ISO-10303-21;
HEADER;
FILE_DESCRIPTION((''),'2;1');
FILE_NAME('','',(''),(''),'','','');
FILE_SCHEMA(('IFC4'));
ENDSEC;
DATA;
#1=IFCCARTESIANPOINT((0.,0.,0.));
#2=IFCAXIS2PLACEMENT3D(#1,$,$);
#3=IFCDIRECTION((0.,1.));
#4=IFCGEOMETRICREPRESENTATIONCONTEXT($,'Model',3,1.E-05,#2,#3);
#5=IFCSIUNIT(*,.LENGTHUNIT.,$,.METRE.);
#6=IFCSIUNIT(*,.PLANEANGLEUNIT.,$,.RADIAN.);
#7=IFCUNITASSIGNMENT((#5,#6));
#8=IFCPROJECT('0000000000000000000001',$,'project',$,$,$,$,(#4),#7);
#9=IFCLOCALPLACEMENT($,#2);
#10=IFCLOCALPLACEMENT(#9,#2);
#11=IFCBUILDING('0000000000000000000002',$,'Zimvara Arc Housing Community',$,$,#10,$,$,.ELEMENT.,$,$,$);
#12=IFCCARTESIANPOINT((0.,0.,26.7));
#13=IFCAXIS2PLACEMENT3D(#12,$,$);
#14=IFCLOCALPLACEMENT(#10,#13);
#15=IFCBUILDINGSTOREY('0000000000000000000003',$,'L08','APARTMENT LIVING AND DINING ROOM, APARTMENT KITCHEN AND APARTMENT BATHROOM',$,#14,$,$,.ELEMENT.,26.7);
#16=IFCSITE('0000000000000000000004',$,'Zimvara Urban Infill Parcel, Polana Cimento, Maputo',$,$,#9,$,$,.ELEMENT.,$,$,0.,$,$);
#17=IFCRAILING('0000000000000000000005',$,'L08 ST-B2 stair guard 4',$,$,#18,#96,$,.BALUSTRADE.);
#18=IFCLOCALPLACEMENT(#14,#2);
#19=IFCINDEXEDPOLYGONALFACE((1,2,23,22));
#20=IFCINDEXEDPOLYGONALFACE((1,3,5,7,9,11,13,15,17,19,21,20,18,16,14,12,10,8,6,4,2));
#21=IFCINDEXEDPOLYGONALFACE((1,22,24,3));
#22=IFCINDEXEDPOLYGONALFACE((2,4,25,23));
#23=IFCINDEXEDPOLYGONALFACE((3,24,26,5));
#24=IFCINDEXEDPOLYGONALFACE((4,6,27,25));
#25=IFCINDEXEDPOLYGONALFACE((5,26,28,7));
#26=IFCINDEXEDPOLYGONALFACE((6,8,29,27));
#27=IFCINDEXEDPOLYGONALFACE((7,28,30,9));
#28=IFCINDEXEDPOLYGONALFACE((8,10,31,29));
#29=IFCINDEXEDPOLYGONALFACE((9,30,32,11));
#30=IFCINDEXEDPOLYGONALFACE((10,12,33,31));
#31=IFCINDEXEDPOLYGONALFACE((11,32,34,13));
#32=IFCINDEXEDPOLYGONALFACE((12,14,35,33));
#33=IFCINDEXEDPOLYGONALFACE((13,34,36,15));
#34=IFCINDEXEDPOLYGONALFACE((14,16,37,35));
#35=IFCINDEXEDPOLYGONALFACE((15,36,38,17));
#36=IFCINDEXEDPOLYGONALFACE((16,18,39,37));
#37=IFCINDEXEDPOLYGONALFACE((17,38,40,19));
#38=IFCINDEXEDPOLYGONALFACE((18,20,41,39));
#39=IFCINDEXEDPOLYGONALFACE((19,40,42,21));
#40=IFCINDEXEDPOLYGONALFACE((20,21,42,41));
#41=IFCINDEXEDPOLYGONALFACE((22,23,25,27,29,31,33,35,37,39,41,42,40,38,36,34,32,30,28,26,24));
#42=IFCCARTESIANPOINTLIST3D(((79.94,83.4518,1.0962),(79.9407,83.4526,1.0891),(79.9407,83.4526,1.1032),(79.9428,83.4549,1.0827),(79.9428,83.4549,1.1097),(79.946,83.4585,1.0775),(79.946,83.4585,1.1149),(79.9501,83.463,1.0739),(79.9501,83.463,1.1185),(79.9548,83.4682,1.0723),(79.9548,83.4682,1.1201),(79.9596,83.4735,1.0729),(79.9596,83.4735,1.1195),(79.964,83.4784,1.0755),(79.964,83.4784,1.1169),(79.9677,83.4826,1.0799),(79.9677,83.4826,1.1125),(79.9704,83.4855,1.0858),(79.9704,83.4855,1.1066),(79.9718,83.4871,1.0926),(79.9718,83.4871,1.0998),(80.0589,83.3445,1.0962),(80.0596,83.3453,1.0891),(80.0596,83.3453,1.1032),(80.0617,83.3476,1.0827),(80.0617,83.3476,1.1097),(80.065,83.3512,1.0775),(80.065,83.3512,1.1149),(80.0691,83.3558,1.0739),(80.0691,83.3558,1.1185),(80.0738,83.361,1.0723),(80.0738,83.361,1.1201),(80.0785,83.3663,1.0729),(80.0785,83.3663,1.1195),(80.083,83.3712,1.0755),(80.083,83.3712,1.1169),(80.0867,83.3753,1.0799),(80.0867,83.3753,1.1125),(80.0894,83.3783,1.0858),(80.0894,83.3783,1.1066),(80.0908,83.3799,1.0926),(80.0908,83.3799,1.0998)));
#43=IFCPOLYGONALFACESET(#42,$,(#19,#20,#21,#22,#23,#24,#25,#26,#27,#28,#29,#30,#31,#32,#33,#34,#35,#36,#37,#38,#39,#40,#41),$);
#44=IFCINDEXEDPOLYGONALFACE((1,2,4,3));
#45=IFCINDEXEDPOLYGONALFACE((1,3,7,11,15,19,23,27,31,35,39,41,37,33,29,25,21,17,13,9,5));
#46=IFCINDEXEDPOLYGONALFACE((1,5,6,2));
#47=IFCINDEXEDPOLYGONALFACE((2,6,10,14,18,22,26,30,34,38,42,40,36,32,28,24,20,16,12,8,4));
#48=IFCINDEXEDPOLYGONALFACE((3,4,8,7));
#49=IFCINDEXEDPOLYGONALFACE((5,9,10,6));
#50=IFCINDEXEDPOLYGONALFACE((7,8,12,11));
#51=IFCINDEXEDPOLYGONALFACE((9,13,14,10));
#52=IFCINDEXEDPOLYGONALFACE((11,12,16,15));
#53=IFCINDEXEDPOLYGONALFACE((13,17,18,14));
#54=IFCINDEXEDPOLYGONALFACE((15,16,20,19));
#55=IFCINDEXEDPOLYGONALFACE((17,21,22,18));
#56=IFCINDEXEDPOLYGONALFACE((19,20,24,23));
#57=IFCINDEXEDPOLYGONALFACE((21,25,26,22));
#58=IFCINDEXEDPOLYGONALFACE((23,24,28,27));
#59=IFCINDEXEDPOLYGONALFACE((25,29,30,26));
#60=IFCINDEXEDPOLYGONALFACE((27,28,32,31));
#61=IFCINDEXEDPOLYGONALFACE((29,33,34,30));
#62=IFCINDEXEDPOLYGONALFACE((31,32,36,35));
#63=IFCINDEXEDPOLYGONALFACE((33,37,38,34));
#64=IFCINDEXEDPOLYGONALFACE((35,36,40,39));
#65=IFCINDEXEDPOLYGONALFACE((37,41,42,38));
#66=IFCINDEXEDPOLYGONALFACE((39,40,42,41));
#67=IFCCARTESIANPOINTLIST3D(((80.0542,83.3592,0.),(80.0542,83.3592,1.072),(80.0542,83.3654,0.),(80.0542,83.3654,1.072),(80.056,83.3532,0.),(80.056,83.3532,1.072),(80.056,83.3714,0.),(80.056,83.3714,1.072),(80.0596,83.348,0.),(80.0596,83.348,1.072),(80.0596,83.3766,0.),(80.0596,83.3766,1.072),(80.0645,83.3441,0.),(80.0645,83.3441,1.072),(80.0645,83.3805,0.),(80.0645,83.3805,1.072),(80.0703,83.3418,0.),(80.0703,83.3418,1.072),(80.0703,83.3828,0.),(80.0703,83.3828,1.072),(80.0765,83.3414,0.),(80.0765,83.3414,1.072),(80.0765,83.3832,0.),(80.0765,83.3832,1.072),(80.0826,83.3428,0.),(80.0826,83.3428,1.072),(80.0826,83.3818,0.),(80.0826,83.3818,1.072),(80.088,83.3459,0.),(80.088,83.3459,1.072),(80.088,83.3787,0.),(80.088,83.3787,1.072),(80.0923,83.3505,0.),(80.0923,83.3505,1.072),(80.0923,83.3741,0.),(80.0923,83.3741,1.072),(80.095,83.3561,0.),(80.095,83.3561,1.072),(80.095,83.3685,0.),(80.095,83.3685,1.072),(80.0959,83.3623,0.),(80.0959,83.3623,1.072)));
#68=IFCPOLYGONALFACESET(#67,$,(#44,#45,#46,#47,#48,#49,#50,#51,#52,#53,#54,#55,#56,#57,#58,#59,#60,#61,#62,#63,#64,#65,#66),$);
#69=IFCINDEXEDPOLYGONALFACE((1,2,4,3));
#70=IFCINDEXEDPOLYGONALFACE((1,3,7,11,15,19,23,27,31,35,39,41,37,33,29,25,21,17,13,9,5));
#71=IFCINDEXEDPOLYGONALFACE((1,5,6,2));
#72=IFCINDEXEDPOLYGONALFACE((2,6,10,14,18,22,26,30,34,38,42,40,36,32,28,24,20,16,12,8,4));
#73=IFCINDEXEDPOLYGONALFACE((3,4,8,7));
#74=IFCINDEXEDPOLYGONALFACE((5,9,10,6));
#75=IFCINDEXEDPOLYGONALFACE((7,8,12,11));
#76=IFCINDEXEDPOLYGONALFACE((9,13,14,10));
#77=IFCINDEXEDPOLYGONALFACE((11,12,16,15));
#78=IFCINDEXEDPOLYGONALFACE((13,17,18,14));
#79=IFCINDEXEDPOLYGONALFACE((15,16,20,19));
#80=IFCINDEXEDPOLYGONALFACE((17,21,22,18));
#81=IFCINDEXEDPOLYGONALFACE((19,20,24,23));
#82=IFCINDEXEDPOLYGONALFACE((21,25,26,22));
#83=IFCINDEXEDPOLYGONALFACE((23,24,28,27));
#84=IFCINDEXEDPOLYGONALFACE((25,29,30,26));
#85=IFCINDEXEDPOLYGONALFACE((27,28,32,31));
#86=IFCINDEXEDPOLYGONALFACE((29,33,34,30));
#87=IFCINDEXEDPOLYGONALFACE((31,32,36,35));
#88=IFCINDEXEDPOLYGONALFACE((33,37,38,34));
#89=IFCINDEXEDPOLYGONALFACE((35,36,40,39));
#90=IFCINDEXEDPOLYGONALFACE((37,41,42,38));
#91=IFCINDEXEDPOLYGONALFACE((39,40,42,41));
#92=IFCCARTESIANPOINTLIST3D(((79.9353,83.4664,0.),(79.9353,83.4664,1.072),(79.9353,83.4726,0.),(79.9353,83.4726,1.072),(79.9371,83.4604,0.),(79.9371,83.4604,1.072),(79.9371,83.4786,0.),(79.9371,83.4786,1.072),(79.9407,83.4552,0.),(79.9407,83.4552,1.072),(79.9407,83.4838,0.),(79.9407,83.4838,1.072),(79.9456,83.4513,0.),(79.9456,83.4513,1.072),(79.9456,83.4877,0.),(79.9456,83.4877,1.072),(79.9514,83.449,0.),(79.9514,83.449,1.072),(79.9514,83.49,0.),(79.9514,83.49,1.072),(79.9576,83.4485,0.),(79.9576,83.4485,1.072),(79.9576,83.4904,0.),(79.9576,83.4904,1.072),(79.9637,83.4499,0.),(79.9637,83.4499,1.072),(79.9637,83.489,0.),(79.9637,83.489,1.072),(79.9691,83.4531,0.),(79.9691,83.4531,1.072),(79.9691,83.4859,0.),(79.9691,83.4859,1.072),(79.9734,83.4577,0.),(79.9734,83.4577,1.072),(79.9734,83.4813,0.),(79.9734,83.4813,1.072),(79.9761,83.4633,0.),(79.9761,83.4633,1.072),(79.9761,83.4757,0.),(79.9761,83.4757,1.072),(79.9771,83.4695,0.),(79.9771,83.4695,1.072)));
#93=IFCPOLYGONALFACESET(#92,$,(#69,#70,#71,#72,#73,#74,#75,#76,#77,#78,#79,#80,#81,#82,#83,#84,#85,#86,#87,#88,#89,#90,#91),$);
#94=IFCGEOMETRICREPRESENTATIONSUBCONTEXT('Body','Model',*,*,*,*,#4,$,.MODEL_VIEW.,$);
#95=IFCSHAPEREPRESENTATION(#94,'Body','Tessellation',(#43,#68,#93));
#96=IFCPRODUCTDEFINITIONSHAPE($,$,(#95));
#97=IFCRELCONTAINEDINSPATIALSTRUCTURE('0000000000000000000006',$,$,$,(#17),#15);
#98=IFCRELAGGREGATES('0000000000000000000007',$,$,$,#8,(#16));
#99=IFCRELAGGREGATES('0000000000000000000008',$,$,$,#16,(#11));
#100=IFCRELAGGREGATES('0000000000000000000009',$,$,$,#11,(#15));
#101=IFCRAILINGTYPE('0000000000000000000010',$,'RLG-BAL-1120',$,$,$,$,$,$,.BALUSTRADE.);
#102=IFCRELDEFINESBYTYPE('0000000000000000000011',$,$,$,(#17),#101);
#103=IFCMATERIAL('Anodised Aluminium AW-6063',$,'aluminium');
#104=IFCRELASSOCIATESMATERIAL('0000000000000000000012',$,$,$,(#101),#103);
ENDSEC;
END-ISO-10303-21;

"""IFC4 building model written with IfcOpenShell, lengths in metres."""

from ifc_helpers import new_model, si_unit, direction, frame, origin, origin_2d, place, context, subcontext, project, spatial, circle, extrude, material, type_object, element, save


model = new_model("IFC4")

# Units and contexts
model_context = context("Model", 3, precision=1e-05, world=origin(), true_north=direction((0.0, 1.0)))
body_context = subcontext(model_context, "Body", "Model", "MODEL_VIEW")
ifc_project = project(units=[si_unit("LENGTHUNIT", "METRE"), si_unit("PLANEANGLEUNIT", "RADIAN")], contexts=[model_context])

# Site, building, storey
site_placement = place(None, origin())
site = spatial("IfcSite", under=ifc_project, at=site_placement, Name="Zimvara Urban Infill Parcel, Polana Cimento, Maputo", CompositionType="ELEMENT", RefElevation=0.0)
building_placement = place(site_placement, origin())
building = spatial("IfcBuilding", under=site, at=building_placement, Name="Zimvara Arc Housing Community", CompositionType="ELEMENT")
storey_placement = place(building_placement, frame((0.0, 0.0, 26.7)))
storey = spatial("IfcBuildingStorey", under=building, at=storey_placement, Name="L08", Description="APARTMENT LIVING AND DINING ROOM, APARTMENT KITCHEN AND APARTMENT BATHROOM", CompositionType="ELEMENT", Elevation=26.7)

# Railing
ifc_material_1 = material(Name="Anodised Aluminium AW-6063", Category="aluminium")
railing_type_1 = type_object("IfcRailingType", Name="RLG-BAL-1120", PredefinedType="BALUSTRADE", material=ifc_material_1)
railing_1_placement = place(storey_placement, frame((80.075, 83.3623, 0.0)))
element("IfcRailing", 1, at=railing_1_placement, inside=storey, type_object=railing_type_1, Name="L08 ST-B2 stair guard 4", PredefinedType="BALUSTRADE", context=body_context, shape_type="SweptSolid", body=[
    extrude(circle(Radius=0.0239, at=origin_2d()), frame((0.0, 0.0, 1.0962), z_axis=(-0.742763, 0.669554, 0.0), x_axis=(-0.669554, -0.742763, 0.0)), (0.0, 0.0, 1.0), 0.1602),
    extrude(circle(Radius=0.021, at=origin_2d()), origin(), (0.0, 0.0, 1.0), 1.072),
    extrude(circle(Radius=0.021, at=origin_2d()), frame((-0.1189, 0.1072, 0.0)), (0.0, 0.0, 1.0), 1.072),
])

save(model, "model.ifc")
